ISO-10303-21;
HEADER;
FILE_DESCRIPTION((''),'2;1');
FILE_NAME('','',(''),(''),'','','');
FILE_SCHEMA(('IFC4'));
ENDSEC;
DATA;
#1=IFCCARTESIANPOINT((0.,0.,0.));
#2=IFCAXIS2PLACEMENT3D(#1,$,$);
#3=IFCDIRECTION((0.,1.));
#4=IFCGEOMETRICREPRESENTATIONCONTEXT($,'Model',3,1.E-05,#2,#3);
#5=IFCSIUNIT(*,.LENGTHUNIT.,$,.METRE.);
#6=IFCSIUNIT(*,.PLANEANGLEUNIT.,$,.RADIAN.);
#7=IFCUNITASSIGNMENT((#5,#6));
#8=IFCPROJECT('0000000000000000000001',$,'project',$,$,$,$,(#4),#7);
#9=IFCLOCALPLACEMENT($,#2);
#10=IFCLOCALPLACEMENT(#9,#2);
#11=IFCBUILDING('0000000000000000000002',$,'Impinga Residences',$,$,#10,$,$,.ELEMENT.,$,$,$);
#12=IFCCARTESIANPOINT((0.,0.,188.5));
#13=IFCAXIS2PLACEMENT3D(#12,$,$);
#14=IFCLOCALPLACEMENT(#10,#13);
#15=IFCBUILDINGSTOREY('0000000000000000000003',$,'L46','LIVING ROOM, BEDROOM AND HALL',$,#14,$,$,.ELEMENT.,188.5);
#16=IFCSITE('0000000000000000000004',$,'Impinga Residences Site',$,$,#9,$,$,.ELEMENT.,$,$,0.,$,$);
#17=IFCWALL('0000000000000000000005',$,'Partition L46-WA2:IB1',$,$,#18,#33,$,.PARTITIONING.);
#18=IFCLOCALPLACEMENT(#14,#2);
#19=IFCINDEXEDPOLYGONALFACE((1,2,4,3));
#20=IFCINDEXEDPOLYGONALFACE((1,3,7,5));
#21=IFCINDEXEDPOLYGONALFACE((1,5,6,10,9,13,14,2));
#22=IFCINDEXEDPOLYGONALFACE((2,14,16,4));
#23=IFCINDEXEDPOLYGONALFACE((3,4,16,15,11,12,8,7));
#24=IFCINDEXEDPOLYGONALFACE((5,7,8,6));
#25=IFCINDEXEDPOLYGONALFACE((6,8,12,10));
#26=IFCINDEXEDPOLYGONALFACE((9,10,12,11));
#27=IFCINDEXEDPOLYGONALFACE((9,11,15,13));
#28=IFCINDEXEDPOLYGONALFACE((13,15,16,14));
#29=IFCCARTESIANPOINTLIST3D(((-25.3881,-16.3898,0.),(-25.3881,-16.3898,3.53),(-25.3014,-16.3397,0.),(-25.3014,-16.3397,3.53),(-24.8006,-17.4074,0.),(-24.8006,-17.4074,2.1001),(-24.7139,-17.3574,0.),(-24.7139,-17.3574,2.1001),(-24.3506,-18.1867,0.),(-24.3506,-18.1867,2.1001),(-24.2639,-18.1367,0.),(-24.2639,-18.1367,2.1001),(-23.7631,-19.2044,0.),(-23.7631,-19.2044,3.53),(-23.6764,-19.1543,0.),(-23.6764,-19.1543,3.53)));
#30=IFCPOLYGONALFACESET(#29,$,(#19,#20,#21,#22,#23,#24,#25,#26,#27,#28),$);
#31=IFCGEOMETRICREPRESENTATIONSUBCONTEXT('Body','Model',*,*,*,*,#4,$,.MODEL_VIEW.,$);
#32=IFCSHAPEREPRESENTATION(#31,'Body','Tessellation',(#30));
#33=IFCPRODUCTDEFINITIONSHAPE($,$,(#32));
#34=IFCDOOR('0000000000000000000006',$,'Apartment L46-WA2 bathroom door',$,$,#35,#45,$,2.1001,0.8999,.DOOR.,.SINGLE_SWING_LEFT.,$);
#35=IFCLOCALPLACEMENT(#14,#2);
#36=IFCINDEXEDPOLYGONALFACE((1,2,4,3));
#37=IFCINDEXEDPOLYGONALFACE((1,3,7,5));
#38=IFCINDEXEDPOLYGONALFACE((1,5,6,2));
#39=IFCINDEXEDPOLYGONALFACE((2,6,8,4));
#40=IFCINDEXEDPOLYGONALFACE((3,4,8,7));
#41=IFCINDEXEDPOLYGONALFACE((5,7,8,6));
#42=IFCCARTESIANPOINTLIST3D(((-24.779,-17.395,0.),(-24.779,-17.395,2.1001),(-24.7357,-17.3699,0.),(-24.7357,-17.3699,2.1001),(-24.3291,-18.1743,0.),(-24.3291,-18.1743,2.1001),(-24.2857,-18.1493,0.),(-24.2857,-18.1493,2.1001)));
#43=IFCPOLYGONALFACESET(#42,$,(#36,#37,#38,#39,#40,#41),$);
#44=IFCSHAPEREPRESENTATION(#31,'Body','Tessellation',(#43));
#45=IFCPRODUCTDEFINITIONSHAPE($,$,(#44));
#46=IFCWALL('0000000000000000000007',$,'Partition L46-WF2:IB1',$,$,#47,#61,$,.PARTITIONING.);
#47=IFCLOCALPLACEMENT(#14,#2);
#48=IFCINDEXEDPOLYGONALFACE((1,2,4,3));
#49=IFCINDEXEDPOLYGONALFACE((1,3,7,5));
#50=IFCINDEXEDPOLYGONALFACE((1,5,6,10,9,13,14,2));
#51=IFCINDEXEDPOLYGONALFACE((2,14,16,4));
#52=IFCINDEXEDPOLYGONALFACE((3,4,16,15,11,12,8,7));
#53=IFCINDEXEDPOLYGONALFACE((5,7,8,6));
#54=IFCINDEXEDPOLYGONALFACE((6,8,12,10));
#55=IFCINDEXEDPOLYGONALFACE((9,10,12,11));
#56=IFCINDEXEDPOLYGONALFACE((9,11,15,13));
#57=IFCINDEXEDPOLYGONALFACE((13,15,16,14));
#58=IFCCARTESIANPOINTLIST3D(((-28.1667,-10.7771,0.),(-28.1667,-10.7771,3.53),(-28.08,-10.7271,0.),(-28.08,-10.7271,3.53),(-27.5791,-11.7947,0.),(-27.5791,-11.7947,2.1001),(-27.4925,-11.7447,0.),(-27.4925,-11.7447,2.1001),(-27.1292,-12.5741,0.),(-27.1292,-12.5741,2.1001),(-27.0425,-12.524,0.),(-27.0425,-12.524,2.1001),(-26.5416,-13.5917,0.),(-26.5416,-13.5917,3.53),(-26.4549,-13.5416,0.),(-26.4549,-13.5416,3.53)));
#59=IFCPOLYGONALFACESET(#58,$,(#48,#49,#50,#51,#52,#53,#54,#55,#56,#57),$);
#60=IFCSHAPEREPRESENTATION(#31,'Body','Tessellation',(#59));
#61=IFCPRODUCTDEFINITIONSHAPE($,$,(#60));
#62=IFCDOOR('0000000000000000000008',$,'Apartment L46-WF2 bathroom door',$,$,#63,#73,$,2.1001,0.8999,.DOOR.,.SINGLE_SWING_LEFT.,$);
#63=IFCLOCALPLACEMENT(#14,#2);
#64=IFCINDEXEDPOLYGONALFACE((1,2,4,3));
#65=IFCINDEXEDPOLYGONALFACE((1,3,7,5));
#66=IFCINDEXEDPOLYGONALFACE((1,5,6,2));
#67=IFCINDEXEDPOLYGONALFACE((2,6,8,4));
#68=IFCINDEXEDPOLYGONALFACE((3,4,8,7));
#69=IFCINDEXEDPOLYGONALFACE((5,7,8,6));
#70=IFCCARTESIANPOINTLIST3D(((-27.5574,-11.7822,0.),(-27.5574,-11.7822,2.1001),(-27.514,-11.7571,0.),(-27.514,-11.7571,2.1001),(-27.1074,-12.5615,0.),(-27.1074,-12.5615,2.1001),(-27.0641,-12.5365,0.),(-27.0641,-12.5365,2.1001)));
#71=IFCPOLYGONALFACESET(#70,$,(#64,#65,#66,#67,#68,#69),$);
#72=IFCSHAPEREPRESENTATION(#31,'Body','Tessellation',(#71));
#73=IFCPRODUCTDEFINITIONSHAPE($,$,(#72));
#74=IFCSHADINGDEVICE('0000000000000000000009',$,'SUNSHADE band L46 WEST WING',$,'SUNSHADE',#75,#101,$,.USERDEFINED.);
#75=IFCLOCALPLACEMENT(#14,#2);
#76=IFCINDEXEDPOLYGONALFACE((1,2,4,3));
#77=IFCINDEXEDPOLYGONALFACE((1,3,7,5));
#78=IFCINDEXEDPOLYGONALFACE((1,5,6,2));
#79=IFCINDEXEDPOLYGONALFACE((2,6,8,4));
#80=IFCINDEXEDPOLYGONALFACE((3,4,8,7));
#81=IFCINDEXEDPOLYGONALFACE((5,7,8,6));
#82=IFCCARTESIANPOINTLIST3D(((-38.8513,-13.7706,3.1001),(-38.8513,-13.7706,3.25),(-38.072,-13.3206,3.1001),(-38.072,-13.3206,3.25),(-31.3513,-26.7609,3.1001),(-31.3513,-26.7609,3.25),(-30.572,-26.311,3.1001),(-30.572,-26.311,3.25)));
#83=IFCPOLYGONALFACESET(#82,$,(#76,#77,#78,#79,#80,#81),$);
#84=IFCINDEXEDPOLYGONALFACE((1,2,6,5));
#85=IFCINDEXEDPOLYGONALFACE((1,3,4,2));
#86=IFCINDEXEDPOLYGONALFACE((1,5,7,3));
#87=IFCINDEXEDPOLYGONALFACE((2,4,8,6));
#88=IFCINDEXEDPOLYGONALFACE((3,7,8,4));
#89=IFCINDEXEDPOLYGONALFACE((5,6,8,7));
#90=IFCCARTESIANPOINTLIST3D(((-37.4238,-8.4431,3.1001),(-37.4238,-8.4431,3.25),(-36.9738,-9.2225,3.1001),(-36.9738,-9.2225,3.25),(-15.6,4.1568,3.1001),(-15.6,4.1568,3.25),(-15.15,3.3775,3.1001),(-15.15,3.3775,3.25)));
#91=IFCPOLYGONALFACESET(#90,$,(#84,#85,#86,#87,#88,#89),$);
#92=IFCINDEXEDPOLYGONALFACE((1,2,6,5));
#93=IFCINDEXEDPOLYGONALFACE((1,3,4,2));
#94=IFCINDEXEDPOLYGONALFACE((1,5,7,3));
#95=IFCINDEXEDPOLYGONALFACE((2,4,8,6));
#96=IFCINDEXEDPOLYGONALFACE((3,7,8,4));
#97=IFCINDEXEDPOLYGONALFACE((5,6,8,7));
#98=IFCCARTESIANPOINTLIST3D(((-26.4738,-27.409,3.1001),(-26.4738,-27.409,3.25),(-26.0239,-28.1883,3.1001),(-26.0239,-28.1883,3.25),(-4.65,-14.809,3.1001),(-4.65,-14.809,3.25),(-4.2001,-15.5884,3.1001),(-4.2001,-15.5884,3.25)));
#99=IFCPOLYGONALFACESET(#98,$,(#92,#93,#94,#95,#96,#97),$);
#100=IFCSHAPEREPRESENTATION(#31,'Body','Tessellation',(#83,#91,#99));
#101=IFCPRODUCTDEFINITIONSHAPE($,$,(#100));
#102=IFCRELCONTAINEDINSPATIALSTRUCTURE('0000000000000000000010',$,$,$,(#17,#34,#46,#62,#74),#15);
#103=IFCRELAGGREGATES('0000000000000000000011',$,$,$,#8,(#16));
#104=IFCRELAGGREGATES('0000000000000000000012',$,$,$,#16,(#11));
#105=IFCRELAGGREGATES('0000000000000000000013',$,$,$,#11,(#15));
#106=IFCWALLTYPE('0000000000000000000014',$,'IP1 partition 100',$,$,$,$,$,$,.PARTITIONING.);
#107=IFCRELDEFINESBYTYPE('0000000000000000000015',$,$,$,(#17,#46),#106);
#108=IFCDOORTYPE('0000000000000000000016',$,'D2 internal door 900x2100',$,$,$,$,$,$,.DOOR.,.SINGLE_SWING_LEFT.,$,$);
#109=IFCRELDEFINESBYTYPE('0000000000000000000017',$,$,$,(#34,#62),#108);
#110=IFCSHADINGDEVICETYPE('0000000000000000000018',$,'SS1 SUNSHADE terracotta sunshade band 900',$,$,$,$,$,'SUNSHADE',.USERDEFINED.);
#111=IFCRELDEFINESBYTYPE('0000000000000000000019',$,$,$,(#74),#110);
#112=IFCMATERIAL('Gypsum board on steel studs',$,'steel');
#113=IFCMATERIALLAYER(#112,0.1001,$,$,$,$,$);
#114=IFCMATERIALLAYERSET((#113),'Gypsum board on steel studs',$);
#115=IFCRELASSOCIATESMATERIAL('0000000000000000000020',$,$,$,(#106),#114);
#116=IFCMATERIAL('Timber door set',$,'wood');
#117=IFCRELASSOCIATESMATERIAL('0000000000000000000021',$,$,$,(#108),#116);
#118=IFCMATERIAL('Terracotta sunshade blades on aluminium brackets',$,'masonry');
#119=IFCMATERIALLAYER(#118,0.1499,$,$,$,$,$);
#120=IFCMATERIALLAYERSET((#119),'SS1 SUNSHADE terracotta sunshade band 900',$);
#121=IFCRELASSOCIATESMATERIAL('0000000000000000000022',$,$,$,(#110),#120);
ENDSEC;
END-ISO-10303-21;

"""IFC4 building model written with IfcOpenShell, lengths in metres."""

from ifc_helpers import new_model, si_unit, direction, frame, frame_2d, origin, origin_2d, place, context, subcontext, project, spatial, rectangle, extrude, material, layer, layer_set, type_object, element, fill, save


model = new_model("IFC4")

# Units and contexts
model_context = context("Model", 3, precision=1e-05, world=origin(), true_north=direction((0.0, 1.0)))
body_context = subcontext(model_context, "Body", "Model", "MODEL_VIEW")
ifc_project = project(units=[si_unit("LENGTHUNIT", "METRE"), si_unit("PLANEANGLEUNIT", "RADIAN")], contexts=[model_context])

# Site, building, storey
site_placement = place(None, origin())
site = spatial("IfcSite", under=ifc_project, at=site_placement, Name="Impinga Residences Site", CompositionType="ELEMENT", RefElevation=0.0)
building_placement = place(site_placement, origin())
building = spatial("IfcBuilding", under=site, at=building_placement, Name="Impinga Residences", CompositionType="ELEMENT")
storey_placement = place(building_placement, frame((0.0, 0.0, 188.5)))
storey = spatial("IfcBuildingStorey", under=building, at=storey_placement, Name="L46", Description="LIVING ROOM, BEDROOM AND HALL", CompositionType="ELEMENT", Elevation=188.5)

# Shared definitions
ifc_material_1 = material(Name="Timber door set", Category="wood")

# Shared definitions
ifc_material_2 = material(Name="Gypsum board on steel studs", Category="steel")
ifc_layer_1 = layer(ifc_material_2, 0.1001)
ifc_layer_set_1 = layer_set([ifc_layer_1], Name="Gypsum board on steel studs")
wall_type_1 = type_object("IfcWallType", Name="IP1 partition 100", PredefinedType="PARTITIONING", material=ifc_layer_set_1)

# Walls, openings, doors
wall_1_placement = place(storey_placement, frame((-25.3447, -16.3647, 0.0), z_axis=(0.0, 0.0, 1.0), x_axis=(0.499985, -0.866034, 0.0)))
wall_1 = element("IfcWall", 1, at=wall_1_placement, inside=storey, type_object=wall_type_1, Name="Partition L46-WA2:IB1", PredefinedType="PARTITIONING", context=body_context, shape_type="SweptSolid", body=[
    extrude(rectangle(XDim=3.25, YDim=0.1001, at=frame_2d((1.625, 0.0))), origin(), (0.0, 0.0, 1.0), 3.53),
])
opening_1_placement = place(wall_1_placement, frame((1.175, 0.0, 0.0)))
opening_1 = element("IfcOpeningElement", 2, at=opening_1_placement, cuts=wall_1, PredefinedType="OPENING", context=body_context, shape_type="SweptSolid", body=[
    extrude(rectangle(XDim=0.8999, YDim=2.1001, at=frame_2d((0.45, 1.05))), frame((0.0, 0.0601, 0.0), z_axis=(0.0, -1.0, 0.0), x_axis=(1.0, 0.0, 0.0)), (0.0, 0.0, 1.0), 0.1201),
])
door_type_1 = type_object("IfcDoorType", Name="D2 internal door 900x2100", OperationType="SINGLE_SWING_LEFT", PredefinedType="DOOR", material=ifc_material_1)
door_1_placement = place(opening_1_placement, origin())
door_1 = element("IfcDoor", 3, at=door_1_placement, inside=storey, type_object=door_type_1, Name="Apartment L46-WA2 bathroom door", OperationType="SINGLE_SWING_LEFT", OverallHeight=2.1001, OverallWidth=0.8999, PredefinedType="DOOR", context=body_context, shape_type="SweptSolid", body=[
    extrude(rectangle(XDim=0.8999, YDim=2.1001, at=frame_2d((0.45, 1.05))), frame((0.0, 0.0249, 0.0), z_axis=(0.0, -1.0, 0.0), x_axis=(1.0, 0.0, 0.0)), (0.0, 0.0, 1.0), 0.05),
])
fill(opening_1, door_1)
wall_2_placement = place(storey_placement, frame((-26.4983, -13.5667, 0.0), z_axis=(0.0, 0.0, 1.0), x_axis=(-0.500017, 0.866015, 0.0)))
wall_2 = element("IfcWall", 4, at=wall_2_placement, inside=storey, type_object=wall_type_1, Name="Partition L46-WF2:IB1", PredefinedType="PARTITIONING", context=body_context, shape_type="SweptSolid", body=[
    extrude(rectangle(XDim=3.25, YDim=0.1001, at=frame_2d((1.625, 0.0))), origin(), (0.0, 0.0, 1.0), 3.53),
])
opening_2_placement = place(wall_2_placement, frame((1.175, 0.0, 0.0)))
opening_2 = element("IfcOpeningElement", 5, at=opening_2_placement, cuts=wall_2, PredefinedType="OPENING", context=body_context, shape_type="SweptSolid", body=[
    extrude(rectangle(XDim=0.8999, YDim=2.1001, at=frame_2d((0.45, 1.05))), frame((0.0, 0.0601, 0.0), z_axis=(0.0, -1.0, 0.0), x_axis=(1.0, 0.0, 0.0)), (0.0, 0.0, 1.0), 0.1201),
])
door_2_placement = place(opening_2_placement, origin())
door_2 = element("IfcDoor", 6, at=door_2_placement, inside=storey, type_object=door_type_1, Name="Apartment L46-WF2 bathroom door", OperationType="SINGLE_SWING_LEFT", OverallHeight=2.1001, OverallWidth=0.8999, PredefinedType="DOOR", context=body_context, shape_type="SweptSolid", body=[
    extrude(rectangle(XDim=0.8999, YDim=2.1001, at=frame_2d((0.45, 1.05))), frame((0.0, 0.0249, 0.0), z_axis=(0.0, -1.0, 0.0), x_axis=(1.0, 0.0, 0.0)), (0.0, 0.0, 1.0), 0.05),
])
fill(opening_2, door_2)

# Shading device
ifc_material_3 = material(Name="Terracotta sunshade blades on aluminium brackets", Category="masonry")
ifc_layer_2 = layer(ifc_material_3, 0.1499)
ifc_layer_set_2 = layer_set([ifc_layer_2], Name="SS1 SUNSHADE terracotta sunshade band 900")
shading_device_type = type_object("IfcShadingDeviceType", Name="SS1 SUNSHADE terracotta sunshade band 900", ElementType="SUNSHADE", PredefinedType="USERDEFINED", material=ifc_layer_set_2)
shading_device_placement = place(storey_placement, frame((-34.7117, -20.0408, 3.1001), z_axis=(0.0, 0.0, 1.0), x_axis=(-0.5, 0.866025, 0.0)))
element("IfcShadingDevice", 7, at=shading_device_placement, inside=storey, type_object=shading_device_type, Name="SUNSHADE band L46 WEST WING", ObjectType="SUNSHADE", PredefinedType="USERDEFINED", context=body_context, shape_type="SweptSolid", body=[
    extrude(rectangle(XDim=15.0, YDim=0.8999, at=origin_2d()), origin(), (0.0, 0.0, 1.0), 0.1499),
    extrude(rectangle(XDim=25.2, YDim=0.8999, at=origin_2d()), frame((10.95, -16.05, 0.0), z_axis=(0.0, 0.0, 1.0), x_axis=(0.0, -1.0, 0.0)), (0.0, 0.0, 1.0), 0.1499),
    extrude(rectangle(XDim=25.2, YDim=0.8999, at=origin_2d()), frame((-10.95, -16.05, 0.0), z_axis=(0.0, 0.0, 1.0), x_axis=(0.0, 1.0, 0.0)), (0.0, 0.0, 1.0), 0.1499),
])

save(model, "model.ifc")
